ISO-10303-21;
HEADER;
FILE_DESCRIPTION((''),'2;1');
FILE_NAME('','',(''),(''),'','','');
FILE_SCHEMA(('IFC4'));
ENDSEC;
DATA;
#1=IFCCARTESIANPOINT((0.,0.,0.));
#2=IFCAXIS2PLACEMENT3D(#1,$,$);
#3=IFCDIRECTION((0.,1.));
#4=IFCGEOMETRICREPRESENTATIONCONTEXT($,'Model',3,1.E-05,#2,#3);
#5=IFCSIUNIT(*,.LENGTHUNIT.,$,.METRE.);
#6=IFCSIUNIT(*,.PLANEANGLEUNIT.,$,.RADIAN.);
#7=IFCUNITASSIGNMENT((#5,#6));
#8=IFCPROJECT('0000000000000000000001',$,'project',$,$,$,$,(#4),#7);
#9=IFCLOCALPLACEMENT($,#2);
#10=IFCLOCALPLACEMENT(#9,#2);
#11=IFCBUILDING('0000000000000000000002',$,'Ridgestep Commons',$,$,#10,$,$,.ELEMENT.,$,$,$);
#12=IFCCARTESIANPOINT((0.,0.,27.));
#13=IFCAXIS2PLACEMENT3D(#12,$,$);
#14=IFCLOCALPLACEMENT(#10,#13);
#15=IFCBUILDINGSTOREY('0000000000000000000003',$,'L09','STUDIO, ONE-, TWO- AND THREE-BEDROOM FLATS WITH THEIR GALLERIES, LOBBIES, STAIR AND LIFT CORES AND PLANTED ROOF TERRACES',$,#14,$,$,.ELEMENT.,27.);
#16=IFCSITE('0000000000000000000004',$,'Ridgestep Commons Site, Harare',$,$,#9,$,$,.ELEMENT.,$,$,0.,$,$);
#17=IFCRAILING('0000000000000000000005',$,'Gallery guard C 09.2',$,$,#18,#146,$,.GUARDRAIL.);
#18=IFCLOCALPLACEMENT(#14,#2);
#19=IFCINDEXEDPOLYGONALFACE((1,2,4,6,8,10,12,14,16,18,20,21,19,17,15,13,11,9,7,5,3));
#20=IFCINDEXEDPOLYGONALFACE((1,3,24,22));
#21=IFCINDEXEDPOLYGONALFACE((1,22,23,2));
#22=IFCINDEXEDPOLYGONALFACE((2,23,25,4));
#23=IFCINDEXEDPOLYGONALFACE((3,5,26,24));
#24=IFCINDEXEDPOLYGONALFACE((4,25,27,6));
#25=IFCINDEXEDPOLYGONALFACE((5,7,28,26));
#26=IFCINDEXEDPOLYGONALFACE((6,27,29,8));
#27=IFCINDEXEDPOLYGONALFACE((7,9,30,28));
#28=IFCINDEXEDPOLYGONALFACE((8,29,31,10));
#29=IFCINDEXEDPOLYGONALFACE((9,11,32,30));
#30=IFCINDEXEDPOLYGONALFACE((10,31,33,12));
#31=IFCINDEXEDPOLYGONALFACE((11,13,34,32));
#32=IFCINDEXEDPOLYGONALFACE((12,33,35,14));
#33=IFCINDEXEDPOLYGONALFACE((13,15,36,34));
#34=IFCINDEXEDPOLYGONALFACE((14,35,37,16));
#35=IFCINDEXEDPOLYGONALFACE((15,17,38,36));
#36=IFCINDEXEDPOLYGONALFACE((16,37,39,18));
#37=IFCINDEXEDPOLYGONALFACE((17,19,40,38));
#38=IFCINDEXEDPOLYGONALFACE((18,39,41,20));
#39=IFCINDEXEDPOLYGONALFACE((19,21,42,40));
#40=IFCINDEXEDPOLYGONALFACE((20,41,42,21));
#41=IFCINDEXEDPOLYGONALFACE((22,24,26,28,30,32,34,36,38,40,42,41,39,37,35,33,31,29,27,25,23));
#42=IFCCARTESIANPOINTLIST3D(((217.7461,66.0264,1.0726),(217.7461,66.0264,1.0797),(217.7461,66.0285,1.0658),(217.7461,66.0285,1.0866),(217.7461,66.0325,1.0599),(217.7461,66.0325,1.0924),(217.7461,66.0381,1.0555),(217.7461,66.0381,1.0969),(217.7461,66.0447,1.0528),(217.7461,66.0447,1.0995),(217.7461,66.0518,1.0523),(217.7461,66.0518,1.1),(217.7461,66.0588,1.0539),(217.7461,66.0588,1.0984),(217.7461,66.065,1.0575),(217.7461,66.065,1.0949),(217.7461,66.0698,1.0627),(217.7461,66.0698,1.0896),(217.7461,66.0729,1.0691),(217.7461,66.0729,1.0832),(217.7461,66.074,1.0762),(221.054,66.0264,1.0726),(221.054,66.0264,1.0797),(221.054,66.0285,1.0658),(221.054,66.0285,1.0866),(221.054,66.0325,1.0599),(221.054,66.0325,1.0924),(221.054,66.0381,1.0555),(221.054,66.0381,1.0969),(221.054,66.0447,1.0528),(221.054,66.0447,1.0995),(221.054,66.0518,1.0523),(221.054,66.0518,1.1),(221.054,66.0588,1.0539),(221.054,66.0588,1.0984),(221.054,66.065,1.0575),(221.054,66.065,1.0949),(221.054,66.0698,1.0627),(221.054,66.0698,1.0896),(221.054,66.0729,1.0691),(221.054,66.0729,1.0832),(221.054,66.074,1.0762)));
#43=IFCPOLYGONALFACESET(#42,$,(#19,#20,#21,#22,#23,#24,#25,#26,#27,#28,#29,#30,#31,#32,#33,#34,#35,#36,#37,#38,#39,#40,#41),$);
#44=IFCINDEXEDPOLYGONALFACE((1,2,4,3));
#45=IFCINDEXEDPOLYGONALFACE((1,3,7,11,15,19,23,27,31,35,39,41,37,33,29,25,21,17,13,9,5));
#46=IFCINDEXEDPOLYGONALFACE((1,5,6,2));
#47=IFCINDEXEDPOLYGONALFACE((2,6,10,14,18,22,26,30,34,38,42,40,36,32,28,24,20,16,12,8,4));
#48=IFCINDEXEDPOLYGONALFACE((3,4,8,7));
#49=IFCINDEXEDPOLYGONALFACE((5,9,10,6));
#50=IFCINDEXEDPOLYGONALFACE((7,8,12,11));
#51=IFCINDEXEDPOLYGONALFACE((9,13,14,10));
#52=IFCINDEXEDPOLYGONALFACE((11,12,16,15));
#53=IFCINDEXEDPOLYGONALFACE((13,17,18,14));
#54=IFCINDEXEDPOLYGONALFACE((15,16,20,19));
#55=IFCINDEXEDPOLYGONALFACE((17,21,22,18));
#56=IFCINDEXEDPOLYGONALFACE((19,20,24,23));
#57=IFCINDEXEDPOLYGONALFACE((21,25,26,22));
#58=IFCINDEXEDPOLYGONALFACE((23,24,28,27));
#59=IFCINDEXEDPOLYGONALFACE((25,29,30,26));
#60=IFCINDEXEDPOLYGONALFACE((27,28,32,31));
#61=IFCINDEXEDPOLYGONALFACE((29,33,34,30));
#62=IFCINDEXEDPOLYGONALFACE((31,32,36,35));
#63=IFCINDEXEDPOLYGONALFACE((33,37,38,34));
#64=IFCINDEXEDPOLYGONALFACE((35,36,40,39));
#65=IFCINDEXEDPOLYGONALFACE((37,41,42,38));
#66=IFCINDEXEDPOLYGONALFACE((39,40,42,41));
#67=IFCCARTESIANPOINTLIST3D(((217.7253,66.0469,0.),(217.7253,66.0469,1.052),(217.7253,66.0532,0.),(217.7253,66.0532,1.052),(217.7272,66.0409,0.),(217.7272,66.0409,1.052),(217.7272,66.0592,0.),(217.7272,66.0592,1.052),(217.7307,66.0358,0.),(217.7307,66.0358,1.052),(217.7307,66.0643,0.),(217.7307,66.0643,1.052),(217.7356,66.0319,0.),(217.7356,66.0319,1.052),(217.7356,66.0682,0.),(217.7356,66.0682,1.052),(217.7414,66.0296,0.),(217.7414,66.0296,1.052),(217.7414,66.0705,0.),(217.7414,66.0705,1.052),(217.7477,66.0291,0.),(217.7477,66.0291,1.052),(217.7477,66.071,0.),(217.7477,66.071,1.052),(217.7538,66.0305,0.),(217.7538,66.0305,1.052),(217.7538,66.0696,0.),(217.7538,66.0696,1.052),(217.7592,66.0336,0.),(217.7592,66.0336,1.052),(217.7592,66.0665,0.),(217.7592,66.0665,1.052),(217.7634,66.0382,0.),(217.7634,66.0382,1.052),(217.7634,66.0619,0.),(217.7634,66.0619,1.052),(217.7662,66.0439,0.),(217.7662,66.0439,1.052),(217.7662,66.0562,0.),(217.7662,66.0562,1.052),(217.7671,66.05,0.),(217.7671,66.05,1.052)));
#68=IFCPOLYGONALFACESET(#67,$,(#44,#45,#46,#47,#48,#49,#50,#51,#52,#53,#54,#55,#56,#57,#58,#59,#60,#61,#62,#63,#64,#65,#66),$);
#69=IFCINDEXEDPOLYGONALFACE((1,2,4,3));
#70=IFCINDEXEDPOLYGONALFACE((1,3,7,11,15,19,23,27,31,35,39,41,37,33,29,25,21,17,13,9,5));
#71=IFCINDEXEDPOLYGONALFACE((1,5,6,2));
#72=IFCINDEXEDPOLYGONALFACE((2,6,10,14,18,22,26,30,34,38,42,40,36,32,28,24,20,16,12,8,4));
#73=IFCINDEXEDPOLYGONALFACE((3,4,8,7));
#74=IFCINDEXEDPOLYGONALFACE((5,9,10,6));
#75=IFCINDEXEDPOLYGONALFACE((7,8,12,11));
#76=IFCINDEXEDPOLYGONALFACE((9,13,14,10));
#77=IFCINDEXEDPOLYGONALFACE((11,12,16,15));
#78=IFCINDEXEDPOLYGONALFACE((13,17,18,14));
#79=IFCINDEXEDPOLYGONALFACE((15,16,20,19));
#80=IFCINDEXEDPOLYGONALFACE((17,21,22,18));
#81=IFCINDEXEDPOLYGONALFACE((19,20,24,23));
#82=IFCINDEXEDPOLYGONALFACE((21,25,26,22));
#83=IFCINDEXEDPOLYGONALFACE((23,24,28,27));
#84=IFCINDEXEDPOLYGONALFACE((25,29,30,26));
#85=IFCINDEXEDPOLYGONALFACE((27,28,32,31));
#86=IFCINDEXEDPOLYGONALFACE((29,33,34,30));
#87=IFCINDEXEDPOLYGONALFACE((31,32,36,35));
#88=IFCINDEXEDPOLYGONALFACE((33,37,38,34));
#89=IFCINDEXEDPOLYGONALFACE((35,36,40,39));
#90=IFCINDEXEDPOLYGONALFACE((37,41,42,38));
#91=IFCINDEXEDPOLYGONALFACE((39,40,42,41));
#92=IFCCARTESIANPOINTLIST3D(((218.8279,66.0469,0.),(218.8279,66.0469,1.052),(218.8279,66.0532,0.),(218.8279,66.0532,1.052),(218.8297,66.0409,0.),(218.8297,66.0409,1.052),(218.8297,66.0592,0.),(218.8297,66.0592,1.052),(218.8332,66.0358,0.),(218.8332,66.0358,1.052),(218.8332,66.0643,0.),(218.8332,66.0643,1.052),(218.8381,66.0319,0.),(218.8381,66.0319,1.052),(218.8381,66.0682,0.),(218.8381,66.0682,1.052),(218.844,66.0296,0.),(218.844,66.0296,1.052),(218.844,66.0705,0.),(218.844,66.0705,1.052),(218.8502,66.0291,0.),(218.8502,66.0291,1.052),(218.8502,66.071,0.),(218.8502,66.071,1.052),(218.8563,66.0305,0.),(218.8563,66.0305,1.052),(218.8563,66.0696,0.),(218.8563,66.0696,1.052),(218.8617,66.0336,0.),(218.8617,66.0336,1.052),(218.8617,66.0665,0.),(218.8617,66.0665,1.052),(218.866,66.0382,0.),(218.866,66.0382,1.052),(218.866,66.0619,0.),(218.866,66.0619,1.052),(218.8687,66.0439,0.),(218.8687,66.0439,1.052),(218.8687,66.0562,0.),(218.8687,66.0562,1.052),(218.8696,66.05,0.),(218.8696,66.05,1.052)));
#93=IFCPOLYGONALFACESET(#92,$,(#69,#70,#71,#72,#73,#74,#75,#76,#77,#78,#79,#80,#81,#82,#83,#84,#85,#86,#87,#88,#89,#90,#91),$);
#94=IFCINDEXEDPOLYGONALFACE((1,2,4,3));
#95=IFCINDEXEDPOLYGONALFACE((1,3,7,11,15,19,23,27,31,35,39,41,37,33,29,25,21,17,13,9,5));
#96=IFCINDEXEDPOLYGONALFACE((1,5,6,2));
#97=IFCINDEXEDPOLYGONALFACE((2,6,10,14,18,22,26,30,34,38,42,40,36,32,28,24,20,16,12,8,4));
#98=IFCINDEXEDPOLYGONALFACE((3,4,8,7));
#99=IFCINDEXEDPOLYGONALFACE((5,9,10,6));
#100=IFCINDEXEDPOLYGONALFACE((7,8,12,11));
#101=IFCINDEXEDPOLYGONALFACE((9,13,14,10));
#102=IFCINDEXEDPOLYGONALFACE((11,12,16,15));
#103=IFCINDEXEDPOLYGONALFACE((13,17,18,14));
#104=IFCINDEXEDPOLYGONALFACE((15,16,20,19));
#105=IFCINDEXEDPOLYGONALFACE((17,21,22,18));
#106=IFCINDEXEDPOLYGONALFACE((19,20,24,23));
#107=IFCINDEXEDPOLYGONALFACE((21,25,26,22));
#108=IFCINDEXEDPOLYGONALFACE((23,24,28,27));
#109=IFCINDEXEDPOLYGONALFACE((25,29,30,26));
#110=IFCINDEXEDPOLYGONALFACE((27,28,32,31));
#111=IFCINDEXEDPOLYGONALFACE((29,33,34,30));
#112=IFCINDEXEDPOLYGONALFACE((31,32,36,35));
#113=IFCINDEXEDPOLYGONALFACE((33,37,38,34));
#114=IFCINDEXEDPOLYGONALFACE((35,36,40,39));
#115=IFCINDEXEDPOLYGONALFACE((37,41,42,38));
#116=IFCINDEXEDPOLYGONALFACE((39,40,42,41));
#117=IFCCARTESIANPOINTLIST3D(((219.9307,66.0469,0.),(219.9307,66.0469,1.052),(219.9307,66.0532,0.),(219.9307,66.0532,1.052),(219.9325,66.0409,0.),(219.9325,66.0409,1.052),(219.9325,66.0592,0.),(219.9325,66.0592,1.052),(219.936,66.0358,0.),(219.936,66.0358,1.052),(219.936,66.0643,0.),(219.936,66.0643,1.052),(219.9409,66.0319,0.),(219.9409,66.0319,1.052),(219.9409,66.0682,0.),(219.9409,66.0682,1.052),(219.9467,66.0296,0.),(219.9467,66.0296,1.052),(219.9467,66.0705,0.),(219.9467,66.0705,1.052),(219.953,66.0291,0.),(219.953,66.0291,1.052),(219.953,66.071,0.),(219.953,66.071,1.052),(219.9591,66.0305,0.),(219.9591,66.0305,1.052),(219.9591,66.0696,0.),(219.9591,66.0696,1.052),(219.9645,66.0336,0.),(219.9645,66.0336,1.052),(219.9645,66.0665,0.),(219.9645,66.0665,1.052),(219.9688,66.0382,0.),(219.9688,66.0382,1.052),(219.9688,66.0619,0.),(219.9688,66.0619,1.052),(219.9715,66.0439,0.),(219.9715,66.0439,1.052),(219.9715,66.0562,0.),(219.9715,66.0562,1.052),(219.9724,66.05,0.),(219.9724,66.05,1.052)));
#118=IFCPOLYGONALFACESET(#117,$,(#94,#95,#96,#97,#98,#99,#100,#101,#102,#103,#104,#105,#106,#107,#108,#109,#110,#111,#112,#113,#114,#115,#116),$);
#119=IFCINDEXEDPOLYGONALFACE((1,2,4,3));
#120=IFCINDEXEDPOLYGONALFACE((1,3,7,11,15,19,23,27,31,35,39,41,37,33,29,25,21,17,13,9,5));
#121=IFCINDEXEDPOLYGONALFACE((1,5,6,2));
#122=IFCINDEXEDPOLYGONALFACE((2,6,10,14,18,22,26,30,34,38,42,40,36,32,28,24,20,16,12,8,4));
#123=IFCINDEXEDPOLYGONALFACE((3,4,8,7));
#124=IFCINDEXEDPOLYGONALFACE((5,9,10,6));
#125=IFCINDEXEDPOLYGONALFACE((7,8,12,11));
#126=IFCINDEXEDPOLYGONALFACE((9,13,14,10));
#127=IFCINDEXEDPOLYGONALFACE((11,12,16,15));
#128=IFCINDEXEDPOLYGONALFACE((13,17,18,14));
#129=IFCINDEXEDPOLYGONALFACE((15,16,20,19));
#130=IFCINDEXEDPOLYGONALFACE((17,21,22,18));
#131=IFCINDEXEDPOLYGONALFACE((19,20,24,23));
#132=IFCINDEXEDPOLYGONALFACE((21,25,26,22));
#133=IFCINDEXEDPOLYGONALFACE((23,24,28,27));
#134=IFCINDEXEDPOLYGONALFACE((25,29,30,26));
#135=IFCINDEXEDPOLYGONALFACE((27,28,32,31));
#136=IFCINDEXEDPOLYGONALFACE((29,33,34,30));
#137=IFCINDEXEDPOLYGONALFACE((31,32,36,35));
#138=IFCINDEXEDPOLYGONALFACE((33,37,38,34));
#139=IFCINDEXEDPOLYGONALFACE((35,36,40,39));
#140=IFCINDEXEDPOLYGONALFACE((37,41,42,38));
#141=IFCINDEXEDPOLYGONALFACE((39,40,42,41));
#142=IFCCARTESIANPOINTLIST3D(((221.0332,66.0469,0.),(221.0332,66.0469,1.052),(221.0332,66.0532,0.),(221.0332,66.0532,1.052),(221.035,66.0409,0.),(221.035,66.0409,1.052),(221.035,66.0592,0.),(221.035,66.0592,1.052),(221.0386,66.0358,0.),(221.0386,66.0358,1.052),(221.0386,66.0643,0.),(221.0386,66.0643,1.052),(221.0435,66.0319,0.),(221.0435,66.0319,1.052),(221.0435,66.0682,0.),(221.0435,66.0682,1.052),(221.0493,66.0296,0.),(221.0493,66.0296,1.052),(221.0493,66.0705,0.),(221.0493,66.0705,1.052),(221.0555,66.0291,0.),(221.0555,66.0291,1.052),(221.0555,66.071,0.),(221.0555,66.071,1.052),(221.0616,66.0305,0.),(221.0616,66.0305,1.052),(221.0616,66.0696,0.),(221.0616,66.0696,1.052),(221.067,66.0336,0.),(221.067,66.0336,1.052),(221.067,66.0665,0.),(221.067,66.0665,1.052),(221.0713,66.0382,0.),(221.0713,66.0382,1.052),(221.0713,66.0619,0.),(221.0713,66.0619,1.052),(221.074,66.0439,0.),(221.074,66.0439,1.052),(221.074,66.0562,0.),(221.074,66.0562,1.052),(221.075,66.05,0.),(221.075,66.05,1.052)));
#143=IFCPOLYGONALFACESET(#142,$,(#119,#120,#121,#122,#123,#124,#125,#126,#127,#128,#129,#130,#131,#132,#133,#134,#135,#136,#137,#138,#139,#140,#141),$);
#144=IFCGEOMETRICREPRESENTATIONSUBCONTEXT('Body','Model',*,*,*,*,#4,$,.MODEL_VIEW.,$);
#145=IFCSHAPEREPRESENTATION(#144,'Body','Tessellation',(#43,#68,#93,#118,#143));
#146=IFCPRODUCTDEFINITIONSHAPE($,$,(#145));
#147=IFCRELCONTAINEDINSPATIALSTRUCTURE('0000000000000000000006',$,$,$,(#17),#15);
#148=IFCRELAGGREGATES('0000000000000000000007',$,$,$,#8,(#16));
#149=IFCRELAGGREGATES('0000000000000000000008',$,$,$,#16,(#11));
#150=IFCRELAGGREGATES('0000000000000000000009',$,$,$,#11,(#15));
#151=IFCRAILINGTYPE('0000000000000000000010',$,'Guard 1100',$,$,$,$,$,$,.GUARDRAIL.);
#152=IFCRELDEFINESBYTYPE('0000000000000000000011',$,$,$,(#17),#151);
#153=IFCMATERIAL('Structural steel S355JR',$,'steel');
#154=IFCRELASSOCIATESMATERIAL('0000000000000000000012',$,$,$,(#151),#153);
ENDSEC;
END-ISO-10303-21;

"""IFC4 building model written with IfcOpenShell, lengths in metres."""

from ifc_helpers import new_model, si_unit, direction, frame, origin, origin_2d, place, context, subcontext, project, spatial, circle, extrude, material, type_object, element, save


model = new_model("IFC4")

# Units and contexts
model_context = context("Model", 3, precision=1e-05, world=origin(), true_north=direction((0.0, 1.0)))
body_context = subcontext(model_context, "Body", "Model", "MODEL_VIEW")
ifc_project = project(units=[si_unit("LENGTHUNIT", "METRE"), si_unit("PLANEANGLEUNIT", "RADIAN")], contexts=[model_context])

# Site, building, storey
site_placement = place(None, origin())
site = spatial("IfcSite", under=ifc_project, at=site_placement, Name="Ridgestep Commons Site, Harare", CompositionType="ELEMENT", RefElevation=0.0)
building_placement = place(site_placement, origin())
building = spatial("IfcBuilding", under=site, at=building_placement, Name="Ridgestep Commons", CompositionType="ELEMENT")
storey_placement = place(building_placement, frame((0.0, 0.0, 27.0)))
storey = spatial("IfcBuildingStorey", under=building, at=storey_placement, Name="L09", Description="STUDIO, ONE-, TWO- AND THREE-BEDROOM FLATS WITH THEIR GALLERIES, LOBBIES, STAIR AND LIFT CORES AND PLANTED ROOF TERRACES", CompositionType="ELEMENT", Elevation=27.0)

# Railing
ifc_material_1 = material(Name="Structural steel S355JR", Category="steel")
railing_type = type_object("IfcRailingType", Name="Guard 1100", PredefinedType="GUARDRAIL", material=ifc_material_1)
railing_1_placement = place(storey_placement, frame((217.7461, 66.05, 0.0)))
element("IfcRailing", 1, at=railing_1_placement, inside=storey, type_object=railing_type, Name="Gallery guard C 09.2", PredefinedType="GUARDRAIL", context=body_context, shape_type="SweptSolid", body=[
    extrude(circle(Radius=0.0239, at=origin_2d()), frame((0.0, 0.0, 1.0762), z_axis=(1.0, 0.0, 0.0), x_axis=(0.0, 1.0, 0.0)), (0.0, 0.0, 1.0), 3.3079),
    extrude(circle(Radius=0.021, at=origin_2d()), origin(), (0.0, 0.0, 1.0), 1.052),
    extrude(circle(Radius=0.021, at=origin_2d()), frame((1.1025, 0.0, 0.0)), (0.0, 0.0, 1.0), 1.052),
    extrude(circle(Radius=0.021, at=origin_2d()), frame((2.2053, 0.0, 0.0)), (0.0, 0.0, 1.0), 1.052),
    extrude(circle(Radius=0.021, at=origin_2d()), frame((3.3079, 0.0, 0.0)), (0.0, 0.0, 1.0), 1.052),
])

save(model, "model.ifc")
